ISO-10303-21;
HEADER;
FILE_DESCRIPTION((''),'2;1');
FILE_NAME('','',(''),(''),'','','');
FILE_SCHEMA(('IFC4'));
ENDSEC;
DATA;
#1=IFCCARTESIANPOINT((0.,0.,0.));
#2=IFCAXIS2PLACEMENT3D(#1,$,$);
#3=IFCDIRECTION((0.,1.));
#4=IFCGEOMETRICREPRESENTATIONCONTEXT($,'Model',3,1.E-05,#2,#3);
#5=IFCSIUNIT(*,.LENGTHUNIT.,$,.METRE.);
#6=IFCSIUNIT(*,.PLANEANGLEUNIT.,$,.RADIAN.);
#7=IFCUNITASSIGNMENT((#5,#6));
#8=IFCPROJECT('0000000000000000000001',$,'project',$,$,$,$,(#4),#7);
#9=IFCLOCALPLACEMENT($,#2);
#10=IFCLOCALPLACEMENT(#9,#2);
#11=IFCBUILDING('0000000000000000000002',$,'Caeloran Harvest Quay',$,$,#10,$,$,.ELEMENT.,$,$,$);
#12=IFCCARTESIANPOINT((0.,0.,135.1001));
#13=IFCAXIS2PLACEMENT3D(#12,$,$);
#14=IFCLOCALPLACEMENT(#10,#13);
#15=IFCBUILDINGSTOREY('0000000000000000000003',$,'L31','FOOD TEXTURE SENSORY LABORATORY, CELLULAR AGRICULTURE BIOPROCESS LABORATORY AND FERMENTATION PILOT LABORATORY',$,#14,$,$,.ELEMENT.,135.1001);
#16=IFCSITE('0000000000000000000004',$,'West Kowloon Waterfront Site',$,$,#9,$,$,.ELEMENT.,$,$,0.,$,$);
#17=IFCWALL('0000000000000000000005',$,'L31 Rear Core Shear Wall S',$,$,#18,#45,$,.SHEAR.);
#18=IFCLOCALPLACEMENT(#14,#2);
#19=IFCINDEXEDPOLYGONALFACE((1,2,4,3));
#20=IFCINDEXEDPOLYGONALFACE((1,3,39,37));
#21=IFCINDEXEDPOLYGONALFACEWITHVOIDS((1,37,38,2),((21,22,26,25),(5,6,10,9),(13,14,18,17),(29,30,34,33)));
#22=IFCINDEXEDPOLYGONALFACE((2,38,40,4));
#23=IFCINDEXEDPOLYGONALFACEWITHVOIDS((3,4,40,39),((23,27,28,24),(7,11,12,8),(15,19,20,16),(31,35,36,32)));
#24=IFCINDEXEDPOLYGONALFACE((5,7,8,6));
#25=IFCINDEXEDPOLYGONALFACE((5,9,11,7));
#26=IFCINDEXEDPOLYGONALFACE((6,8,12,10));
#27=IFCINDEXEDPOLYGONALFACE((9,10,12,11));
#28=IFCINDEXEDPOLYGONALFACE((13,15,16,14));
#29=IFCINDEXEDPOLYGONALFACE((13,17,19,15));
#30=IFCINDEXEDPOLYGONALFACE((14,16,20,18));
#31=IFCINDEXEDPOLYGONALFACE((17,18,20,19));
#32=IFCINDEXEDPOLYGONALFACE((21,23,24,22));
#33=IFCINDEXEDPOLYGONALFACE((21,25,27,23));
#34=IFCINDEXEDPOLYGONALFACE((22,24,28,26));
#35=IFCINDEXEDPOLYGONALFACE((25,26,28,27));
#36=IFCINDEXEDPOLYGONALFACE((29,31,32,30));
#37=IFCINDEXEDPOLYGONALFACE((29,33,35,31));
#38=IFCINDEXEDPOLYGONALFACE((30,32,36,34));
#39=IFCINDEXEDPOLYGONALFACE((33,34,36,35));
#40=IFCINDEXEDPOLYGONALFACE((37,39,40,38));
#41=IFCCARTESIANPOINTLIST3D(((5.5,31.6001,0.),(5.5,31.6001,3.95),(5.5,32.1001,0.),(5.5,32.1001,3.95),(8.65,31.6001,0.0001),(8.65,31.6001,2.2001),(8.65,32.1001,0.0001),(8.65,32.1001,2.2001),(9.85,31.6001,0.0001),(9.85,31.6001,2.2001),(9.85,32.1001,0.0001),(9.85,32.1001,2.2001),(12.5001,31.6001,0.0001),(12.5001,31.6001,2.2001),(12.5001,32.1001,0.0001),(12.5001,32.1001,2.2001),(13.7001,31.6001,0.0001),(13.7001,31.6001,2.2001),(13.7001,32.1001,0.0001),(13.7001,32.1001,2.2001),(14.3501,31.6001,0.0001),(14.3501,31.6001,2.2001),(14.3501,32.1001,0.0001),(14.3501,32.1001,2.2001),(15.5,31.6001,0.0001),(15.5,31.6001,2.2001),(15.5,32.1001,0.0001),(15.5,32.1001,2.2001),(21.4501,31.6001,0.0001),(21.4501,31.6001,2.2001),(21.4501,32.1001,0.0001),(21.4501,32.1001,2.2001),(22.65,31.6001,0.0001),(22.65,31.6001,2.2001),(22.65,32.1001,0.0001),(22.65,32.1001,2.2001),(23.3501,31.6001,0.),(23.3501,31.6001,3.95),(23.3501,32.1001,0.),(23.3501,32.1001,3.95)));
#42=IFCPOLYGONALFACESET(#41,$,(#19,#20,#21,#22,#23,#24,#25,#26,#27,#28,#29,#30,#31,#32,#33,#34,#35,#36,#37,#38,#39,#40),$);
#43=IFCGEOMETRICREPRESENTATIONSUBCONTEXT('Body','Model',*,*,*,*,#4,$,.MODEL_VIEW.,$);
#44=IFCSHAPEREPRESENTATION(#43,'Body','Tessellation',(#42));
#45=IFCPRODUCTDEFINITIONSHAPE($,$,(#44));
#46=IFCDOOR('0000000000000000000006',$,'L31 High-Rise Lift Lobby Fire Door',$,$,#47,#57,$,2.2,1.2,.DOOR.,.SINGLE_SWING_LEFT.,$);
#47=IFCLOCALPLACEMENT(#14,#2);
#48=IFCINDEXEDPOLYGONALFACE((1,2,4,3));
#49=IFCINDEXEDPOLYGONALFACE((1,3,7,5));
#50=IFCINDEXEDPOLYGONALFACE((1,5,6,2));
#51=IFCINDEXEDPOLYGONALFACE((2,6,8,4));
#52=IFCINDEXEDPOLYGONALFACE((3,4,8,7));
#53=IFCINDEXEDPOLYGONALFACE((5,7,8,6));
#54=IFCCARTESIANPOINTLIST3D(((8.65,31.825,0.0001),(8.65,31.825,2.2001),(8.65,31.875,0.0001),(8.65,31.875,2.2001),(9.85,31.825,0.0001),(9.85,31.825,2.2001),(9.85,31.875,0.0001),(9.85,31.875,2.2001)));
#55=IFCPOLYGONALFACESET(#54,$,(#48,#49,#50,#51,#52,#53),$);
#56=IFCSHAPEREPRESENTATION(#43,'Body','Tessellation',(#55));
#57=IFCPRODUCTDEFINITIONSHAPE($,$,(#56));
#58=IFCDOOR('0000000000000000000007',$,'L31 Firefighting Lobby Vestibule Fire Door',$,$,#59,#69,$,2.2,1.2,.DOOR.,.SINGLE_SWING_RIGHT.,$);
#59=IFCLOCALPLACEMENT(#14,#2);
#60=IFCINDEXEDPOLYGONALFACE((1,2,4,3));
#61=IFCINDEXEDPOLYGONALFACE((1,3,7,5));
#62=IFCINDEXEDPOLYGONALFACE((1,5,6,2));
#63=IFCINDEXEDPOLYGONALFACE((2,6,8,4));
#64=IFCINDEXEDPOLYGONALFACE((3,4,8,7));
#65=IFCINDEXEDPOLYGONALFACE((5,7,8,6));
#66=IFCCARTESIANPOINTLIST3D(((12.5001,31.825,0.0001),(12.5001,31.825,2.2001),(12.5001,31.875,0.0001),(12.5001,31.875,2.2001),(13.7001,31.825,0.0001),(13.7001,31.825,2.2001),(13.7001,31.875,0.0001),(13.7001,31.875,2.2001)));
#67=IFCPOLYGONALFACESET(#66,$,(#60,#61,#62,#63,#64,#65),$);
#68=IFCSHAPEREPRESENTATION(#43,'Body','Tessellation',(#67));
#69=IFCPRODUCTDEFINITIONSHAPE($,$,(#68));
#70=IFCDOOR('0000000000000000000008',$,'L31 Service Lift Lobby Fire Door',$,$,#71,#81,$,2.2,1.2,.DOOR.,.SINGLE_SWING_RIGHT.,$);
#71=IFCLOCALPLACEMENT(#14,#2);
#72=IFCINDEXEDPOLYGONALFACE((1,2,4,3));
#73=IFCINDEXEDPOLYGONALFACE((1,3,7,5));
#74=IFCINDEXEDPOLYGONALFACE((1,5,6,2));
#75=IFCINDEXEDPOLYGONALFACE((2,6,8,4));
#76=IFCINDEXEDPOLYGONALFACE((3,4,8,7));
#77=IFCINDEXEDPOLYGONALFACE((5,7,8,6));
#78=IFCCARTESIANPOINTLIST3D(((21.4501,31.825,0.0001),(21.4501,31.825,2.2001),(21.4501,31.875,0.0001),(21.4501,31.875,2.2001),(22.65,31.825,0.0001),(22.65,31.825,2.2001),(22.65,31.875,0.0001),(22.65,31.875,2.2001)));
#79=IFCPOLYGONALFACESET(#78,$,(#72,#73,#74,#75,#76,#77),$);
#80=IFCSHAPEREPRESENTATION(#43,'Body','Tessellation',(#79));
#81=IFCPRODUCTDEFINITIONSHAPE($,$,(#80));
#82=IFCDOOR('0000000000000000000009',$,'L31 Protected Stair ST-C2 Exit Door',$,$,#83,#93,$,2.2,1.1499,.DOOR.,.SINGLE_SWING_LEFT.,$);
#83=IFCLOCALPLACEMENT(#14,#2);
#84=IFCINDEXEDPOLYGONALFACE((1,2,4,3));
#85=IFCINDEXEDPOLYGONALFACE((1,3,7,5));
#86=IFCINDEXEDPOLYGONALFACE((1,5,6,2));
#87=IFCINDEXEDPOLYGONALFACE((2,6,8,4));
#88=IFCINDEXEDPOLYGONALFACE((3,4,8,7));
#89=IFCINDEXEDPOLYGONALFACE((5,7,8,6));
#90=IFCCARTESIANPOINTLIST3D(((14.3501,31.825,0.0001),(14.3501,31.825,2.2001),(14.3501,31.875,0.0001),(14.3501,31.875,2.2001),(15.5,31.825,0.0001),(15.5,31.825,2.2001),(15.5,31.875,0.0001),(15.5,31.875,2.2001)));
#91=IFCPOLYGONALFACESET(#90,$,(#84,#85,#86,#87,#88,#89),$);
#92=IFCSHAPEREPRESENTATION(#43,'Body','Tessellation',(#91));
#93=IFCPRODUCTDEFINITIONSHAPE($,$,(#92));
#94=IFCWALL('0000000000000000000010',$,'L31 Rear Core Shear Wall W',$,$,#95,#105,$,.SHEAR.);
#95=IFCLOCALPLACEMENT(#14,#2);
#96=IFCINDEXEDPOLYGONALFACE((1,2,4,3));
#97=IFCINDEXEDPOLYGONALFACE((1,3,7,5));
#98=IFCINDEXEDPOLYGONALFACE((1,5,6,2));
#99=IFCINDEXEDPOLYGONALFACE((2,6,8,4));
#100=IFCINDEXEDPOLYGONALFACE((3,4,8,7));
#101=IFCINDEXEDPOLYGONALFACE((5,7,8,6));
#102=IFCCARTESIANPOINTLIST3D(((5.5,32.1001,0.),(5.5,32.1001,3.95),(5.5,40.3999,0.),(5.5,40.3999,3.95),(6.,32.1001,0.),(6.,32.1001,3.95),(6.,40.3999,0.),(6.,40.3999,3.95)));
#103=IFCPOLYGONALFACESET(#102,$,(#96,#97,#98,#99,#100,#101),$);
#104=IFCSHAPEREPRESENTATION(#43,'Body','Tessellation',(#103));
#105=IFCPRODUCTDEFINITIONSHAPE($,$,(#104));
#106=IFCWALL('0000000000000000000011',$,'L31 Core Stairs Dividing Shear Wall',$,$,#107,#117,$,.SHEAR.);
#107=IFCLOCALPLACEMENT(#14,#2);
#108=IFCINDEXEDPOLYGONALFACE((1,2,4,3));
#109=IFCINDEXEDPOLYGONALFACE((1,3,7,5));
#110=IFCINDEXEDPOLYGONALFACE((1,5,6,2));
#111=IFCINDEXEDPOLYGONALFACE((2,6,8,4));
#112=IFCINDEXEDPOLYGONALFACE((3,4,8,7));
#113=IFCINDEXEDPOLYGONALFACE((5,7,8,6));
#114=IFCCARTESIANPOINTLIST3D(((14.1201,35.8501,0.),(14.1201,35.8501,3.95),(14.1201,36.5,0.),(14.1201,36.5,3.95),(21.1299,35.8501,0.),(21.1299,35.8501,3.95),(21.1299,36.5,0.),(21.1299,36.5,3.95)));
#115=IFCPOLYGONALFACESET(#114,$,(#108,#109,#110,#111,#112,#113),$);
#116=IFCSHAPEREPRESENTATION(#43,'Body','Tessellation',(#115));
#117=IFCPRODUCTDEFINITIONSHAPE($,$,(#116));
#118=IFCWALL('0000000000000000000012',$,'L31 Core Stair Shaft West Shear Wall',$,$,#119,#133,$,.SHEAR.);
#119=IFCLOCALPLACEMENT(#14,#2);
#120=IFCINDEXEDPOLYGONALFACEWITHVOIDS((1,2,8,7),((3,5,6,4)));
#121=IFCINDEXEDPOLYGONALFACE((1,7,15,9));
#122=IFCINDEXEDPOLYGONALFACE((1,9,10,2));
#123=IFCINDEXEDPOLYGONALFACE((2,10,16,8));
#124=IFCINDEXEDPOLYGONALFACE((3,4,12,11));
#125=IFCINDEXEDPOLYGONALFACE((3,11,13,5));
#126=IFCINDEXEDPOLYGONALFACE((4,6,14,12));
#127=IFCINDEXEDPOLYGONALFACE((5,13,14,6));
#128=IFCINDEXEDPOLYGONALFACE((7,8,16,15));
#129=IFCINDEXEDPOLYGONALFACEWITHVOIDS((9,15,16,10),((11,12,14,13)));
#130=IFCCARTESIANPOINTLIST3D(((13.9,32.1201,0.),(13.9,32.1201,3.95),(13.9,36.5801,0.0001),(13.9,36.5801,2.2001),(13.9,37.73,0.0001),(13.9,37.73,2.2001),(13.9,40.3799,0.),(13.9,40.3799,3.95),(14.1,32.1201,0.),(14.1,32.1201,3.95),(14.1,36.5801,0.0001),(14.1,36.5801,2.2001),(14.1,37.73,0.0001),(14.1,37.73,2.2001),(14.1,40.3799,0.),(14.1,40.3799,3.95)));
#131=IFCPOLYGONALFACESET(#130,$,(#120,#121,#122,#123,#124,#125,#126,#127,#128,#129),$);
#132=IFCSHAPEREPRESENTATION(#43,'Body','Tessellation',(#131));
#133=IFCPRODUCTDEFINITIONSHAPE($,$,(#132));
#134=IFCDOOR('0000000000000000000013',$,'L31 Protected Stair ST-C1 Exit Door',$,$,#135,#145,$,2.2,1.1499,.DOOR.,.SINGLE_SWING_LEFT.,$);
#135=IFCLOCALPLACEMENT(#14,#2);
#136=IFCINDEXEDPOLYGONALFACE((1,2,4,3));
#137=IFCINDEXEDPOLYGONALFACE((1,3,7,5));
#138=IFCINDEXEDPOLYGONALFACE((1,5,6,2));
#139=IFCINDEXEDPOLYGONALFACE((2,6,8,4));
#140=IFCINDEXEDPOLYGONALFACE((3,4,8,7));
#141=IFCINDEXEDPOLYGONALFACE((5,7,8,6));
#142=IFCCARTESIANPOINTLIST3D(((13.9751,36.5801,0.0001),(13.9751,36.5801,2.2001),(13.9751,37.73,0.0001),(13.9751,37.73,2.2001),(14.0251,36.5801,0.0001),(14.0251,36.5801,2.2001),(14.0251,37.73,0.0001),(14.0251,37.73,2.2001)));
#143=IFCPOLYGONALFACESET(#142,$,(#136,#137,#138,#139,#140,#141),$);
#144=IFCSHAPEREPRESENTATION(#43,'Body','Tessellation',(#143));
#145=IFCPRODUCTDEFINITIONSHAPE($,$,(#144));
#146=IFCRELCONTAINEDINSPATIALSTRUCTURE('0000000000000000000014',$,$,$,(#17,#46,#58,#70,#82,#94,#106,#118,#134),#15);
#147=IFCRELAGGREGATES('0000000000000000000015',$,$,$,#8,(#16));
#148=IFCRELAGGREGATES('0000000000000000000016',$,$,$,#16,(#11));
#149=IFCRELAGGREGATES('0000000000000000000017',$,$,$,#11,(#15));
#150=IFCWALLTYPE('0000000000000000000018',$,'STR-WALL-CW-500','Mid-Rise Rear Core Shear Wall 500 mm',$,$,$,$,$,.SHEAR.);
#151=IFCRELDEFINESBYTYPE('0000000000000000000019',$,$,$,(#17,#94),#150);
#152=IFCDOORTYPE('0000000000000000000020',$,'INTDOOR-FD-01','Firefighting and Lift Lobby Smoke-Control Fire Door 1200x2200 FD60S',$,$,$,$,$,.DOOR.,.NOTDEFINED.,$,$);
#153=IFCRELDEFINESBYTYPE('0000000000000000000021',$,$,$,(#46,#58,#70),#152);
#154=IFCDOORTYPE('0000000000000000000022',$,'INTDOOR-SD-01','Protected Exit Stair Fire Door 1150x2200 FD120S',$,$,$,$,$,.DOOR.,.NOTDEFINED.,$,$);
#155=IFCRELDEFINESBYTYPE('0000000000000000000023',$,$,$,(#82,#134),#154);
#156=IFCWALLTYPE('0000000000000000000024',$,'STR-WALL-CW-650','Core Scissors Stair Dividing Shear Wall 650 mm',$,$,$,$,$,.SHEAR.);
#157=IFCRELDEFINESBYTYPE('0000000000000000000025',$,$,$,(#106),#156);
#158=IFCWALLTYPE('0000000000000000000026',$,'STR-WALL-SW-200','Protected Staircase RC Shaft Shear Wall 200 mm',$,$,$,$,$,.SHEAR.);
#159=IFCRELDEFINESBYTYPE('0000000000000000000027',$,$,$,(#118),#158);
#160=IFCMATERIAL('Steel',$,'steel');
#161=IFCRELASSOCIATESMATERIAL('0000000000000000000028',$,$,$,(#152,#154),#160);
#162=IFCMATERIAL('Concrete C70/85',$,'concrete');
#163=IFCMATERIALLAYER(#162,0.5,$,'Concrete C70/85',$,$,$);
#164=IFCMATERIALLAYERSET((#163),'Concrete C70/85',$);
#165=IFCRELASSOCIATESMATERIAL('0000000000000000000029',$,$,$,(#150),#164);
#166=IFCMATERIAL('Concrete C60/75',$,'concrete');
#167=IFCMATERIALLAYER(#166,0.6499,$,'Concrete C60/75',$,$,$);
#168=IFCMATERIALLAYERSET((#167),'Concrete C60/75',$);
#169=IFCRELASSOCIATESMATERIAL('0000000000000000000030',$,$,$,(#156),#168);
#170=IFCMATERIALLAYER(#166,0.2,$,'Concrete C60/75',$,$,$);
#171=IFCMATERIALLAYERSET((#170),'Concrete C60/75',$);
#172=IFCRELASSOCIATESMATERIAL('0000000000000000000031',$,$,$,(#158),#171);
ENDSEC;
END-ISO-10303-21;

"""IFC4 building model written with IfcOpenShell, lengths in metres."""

from ifc_helpers import new_model, si_unit, direction, frame, frame_2d, origin, place, context, subcontext, project, spatial, rectangle, extrude, material, layer, layer_set, type_object, element, fill, save


model = new_model("IFC4")

# Units and contexts
model_context = context("Model", 3, precision=1e-05, world=origin(), true_north=direction((0.0, 1.0)))
body_context = subcontext(model_context, "Body", "Model", "MODEL_VIEW")
ifc_project = project(units=[si_unit("LENGTHUNIT", "METRE"), si_unit("PLANEANGLEUNIT", "RADIAN")], contexts=[model_context])

# Site, building, storey
site_placement = place(None, origin())
site = spatial("IfcSite", under=ifc_project, at=site_placement, Name="West Kowloon Waterfront Site", CompositionType="ELEMENT", RefElevation=0.0)
building_placement = place(site_placement, origin())
building = spatial("IfcBuilding", under=site, at=building_placement, Name="Caeloran Harvest Quay", CompositionType="ELEMENT")
storey_placement = place(building_placement, frame((0.0, 0.0, 135.1001)))
storey = spatial("IfcBuildingStorey", under=building, at=storey_placement, Name="L31", Description="FOOD TEXTURE SENSORY LABORATORY, CELLULAR AGRICULTURE BIOPROCESS LABORATORY AND FERMENTATION PILOT LABORATORY", CompositionType="ELEMENT", Elevation=135.1001)

# Shared definitions
ifc_material_1 = material(Name="Concrete C60/75", Category="concrete")

# Shared definitions
ifc_material_2 = material(Name="Steel", Category="steel")
door_type_1 = type_object("IfcDoorType", Name="INTDOOR-FD-01", Description="Firefighting and Lift Lobby Smoke-Control Fire Door 1200x2200 FD60S", OperationType="NOTDEFINED", PredefinedType="DOOR", material=ifc_material_2)

# Wall, openings, doors
ifc_material_3 = material(Name="Concrete C70/85", Category="concrete")
ifc_layer_1 = layer(ifc_material_3, 0.5, Name="Concrete C70/85")
ifc_layer_set_1 = layer_set([ifc_layer_1], Name="Concrete C70/85")
wall_type_1 = type_object("IfcWallType", Name="STR-WALL-CW-500", Description="Mid-Rise Rear Core Shear Wall 500 mm", PredefinedType="SHEAR", material=ifc_layer_set_1)
wall_1_placement = place(storey_placement, frame((5.5, 31.8501, 0.0), z_axis=(0.0, 0.0, 1.0), x_axis=(1.0, 0.0, 0.0)))
wall_1 = element("IfcWall", 1, at=wall_1_placement, inside=storey, type_object=wall_type_1, Name="L31 Rear Core Shear Wall S", PredefinedType="SHEAR", context=body_context, shape_type="SweptSolid", body=[
    extrude(rectangle(XDim=17.8501, YDim=0.5, at=frame_2d((8.925, 0.0))), origin(), (0.0, 0.0, 1.0), 3.95),
])
opening_1_placement = place(wall_1_placement, frame((3.1499, 0.0, 0.0)))
opening_1 = element("IfcOpeningElement", 2, at=opening_1_placement, cuts=wall_1, PredefinedType="OPENING", context=body_context, shape_type="SweptSolid", body=[
    extrude(rectangle(XDim=1.2, YDim=2.2, at=frame_2d((0.6001, 1.1001))), frame((0.0, 0.26, 0.0), z_axis=(0.0, -1.0, 0.0), x_axis=(1.0, 0.0, 0.0)), (0.0, 0.0, 1.0), 0.52),
])
opening_2_placement = place(wall_1_placement, frame((7.0, 0.0, 0.0)))
opening_2 = element("IfcOpeningElement", 3, at=opening_2_placement, cuts=wall_1, PredefinedType="OPENING", context=body_context, shape_type="SweptSolid", body=[
    extrude(rectangle(XDim=1.2, YDim=2.2, at=frame_2d((0.6001, 1.1001))), frame((0.0, 0.26, 0.0), z_axis=(0.0, -1.0, 0.0), x_axis=(1.0, 0.0, 0.0)), (0.0, 0.0, 1.0), 0.52),
])
opening_3_placement = place(wall_1_placement, frame((8.8501, 0.0, 0.0)))
opening_3 = element("IfcOpeningElement", 4, at=opening_3_placement, cuts=wall_1, PredefinedType="OPENING", context=body_context, shape_type="SweptSolid", body=[
    extrude(rectangle(XDim=1.1499, YDim=2.2, at=frame_2d((0.575, 1.1001))), frame((0.0, 0.26, 0.0), z_axis=(0.0, -1.0, 0.0), x_axis=(1.0, 0.0, 0.0)), (0.0, 0.0, 1.0), 0.52),
])
opening_4_placement = place(wall_1_placement, frame((15.95, 0.0, 0.0)))
opening_4 = element("IfcOpeningElement", 5, at=opening_4_placement, cuts=wall_1, PredefinedType="OPENING", context=body_context, shape_type="SweptSolid", body=[
    extrude(rectangle(XDim=1.2, YDim=2.2, at=frame_2d((0.6001, 1.1001))), frame((0.0, 0.26, 0.0), z_axis=(0.0, -1.0, 0.0), x_axis=(1.0, 0.0, 0.0)), (0.0, 0.0, 1.0), 0.52),
])
door_1_placement = place(opening_1_placement, origin())
door_1 = element("IfcDoor", 6, at=door_1_placement, inside=storey, type_object=door_type_1, Name="L31 High-Rise Lift Lobby Fire Door", OperationType="SINGLE_SWING_LEFT", OverallHeight=2.2, OverallWidth=1.2, PredefinedType="DOOR", context=body_context, shape_type="SweptSolid", body=[
    extrude(rectangle(XDim=1.2, YDim=2.2, at=frame_2d((0.6001, 1.1001))), frame((0.0, 0.0249, 0.0), z_axis=(0.0, -1.0, 0.0), x_axis=(1.0, 0.0, 0.0)), (0.0, 0.0, 1.0), 0.05),
])
fill(opening_1, door_1)
door_2_placement = place(opening_2_placement, origin())
door_2 = element("IfcDoor", 7, at=door_2_placement, inside=storey, type_object=door_type_1, Name="L31 Firefighting Lobby Vestibule Fire Door", OperationType="SINGLE_SWING_RIGHT", OverallHeight=2.2, OverallWidth=1.2, PredefinedType="DOOR", context=body_context, shape_type="SweptSolid", body=[
    extrude(rectangle(XDim=1.2, YDim=2.2, at=frame_2d((0.6001, 1.1001))), frame((0.0, 0.0249, 0.0), z_axis=(0.0, -1.0, 0.0), x_axis=(1.0, 0.0, 0.0)), (0.0, 0.0, 1.0), 0.05),
])
fill(opening_2, door_2)
door_3_placement = place(opening_4_placement, origin())
door_3 = element("IfcDoor", 8, at=door_3_placement, inside=storey, type_object=door_type_1, Name="L31 Service Lift Lobby Fire Door", OperationType="SINGLE_SWING_RIGHT", OverallHeight=2.2, OverallWidth=1.2, PredefinedType="DOOR", context=body_context, shape_type="SweptSolid", body=[
    extrude(rectangle(XDim=1.2, YDim=2.2, at=frame_2d((0.6001, 1.1001))), frame((0.0, 0.0249, 0.0), z_axis=(0.0, -1.0, 0.0), x_axis=(1.0, 0.0, 0.0)), (0.0, 0.0, 1.0), 0.05),
])
fill(opening_4, door_3)
door_type_2 = type_object("IfcDoorType", Name="INTDOOR-SD-01", Description="Protected Exit Stair Fire Door 1150x2200 FD120S", OperationType="NOTDEFINED", PredefinedType="DOOR", material=ifc_material_2)
door_4_placement = place(opening_3_placement, origin())
door_4 = element("IfcDoor", 9, at=door_4_placement, inside=storey, type_object=door_type_2, Name="L31 Protected Stair ST-C2 Exit Door", OperationType="SINGLE_SWING_LEFT", OverallHeight=2.2, OverallWidth=1.1499, PredefinedType="DOOR", context=body_context, shape_type="SweptSolid", body=[
    extrude(rectangle(XDim=1.1499, YDim=2.2, at=frame_2d((0.575, 1.1001))), frame((0.0, 0.0249, 0.0), z_axis=(0.0, -1.0, 0.0), x_axis=(1.0, 0.0, 0.0)), (0.0, 0.0, 1.0), 0.05),
])
fill(opening_3, door_4)

# Walls
wall_2_placement = place(storey_placement, frame((5.75, 32.1001, 0.0), z_axis=(0.0, 0.0, 1.0), x_axis=(0.0, 1.0, 0.0)))
element("IfcWall", 10, at=wall_2_placement, inside=storey, type_object=wall_type_1, Name="L31 Rear Core Shear Wall W", PredefinedType="SHEAR", context=body_context, shape_type="SweptSolid", body=[
    extrude(rectangle(XDim=8.2998, YDim=0.5, at=frame_2d((4.1499, 0.0))), origin(), (0.0, 0.0, 1.0), 3.95),
])
ifc_layer_2 = layer(ifc_material_1, 0.6499, Name="Concrete C60/75")
ifc_layer_set_2 = layer_set([ifc_layer_2], Name="Concrete C60/75")
wall_type_2 = type_object("IfcWallType", Name="STR-WALL-CW-650", Description="Core Scissors Stair Dividing Shear Wall 650 mm", PredefinedType="SHEAR", material=ifc_layer_set_2)
wall_3_placement = place(storey_placement, frame((14.1201, 36.175, 0.0), z_axis=(0.0, 0.0, 1.0), x_axis=(1.0, 0.0, 0.0)))
element("IfcWall", 11, at=wall_3_placement, inside=storey, type_object=wall_type_2, Name="L31 Core Stairs Dividing Shear Wall", PredefinedType="SHEAR", context=body_context, shape_type="SweptSolid", body=[
    extrude(rectangle(XDim=7.0098, YDim=0.6499, at=frame_2d((3.5049, 0.0))), origin(), (0.0, 0.0, 1.0), 3.95),
])

# Wall, opening, door
ifc_layer_3 = layer(ifc_material_1, 0.2, Name="Concrete C60/75")
ifc_layer_set_3 = layer_set([ifc_layer_3], Name="Concrete C60/75")
wall_type_3 = type_object("IfcWallType", Name="STR-WALL-SW-200", Description="Protected Staircase RC Shaft Shear Wall 200 mm", PredefinedType="SHEAR", material=ifc_layer_set_3)
wall_4_placement = place(storey_placement, frame((14.0, 32.1201, 0.0), z_axis=(0.0, 0.0, 1.0), x_axis=(0.0, 1.0, 0.0)))
wall_4 = element("IfcWall", 12, at=wall_4_placement, inside=storey, type_object=wall_type_3, Name="L31 Core Stair Shaft West Shear Wall", PredefinedType="SHEAR", context=body_context, shape_type="SweptSolid", body=[
    extrude(rectangle(XDim=8.2598, YDim=0.2, at=frame_2d((4.1299, 0.0))), origin(), (0.0, 0.0, 1.0), 3.95),
])
opening_5_placement = place(wall_4_placement, frame((4.46, 0.0, 0.0)))
opening_5 = element("IfcOpeningElement", 13, at=opening_5_placement, cuts=wall_4, PredefinedType="OPENING", context=body_context, shape_type="SweptSolid", body=[
    extrude(rectangle(XDim=1.1499, YDim=2.2, at=frame_2d((0.575, 1.1001))), frame((0.0, 0.1099, 0.0), z_axis=(0.0, -1.0, 0.0), x_axis=(1.0, 0.0, 0.0)), (0.0, 0.0, 1.0), 0.22),
])
door_5_placement = place(opening_5_placement, origin())
door_5 = element("IfcDoor", 14, at=door_5_placement, inside=storey, type_object=door_type_2, Name="L31 Protected Stair ST-C1 Exit Door", OperationType="SINGLE_SWING_LEFT", OverallHeight=2.2, OverallWidth=1.1499, PredefinedType="DOOR", context=body_context, shape_type="SweptSolid", body=[
    extrude(rectangle(XDim=1.1499, YDim=2.2, at=frame_2d((0.575, 1.1001))), frame((0.0, 0.0249, 0.0), z_axis=(0.0, -1.0, 0.0), x_axis=(1.0, 0.0, 0.0)), (0.0, 0.0, 1.0), 0.05),
])
fill(opening_5, door_5)

save(model, "model.ifc")
